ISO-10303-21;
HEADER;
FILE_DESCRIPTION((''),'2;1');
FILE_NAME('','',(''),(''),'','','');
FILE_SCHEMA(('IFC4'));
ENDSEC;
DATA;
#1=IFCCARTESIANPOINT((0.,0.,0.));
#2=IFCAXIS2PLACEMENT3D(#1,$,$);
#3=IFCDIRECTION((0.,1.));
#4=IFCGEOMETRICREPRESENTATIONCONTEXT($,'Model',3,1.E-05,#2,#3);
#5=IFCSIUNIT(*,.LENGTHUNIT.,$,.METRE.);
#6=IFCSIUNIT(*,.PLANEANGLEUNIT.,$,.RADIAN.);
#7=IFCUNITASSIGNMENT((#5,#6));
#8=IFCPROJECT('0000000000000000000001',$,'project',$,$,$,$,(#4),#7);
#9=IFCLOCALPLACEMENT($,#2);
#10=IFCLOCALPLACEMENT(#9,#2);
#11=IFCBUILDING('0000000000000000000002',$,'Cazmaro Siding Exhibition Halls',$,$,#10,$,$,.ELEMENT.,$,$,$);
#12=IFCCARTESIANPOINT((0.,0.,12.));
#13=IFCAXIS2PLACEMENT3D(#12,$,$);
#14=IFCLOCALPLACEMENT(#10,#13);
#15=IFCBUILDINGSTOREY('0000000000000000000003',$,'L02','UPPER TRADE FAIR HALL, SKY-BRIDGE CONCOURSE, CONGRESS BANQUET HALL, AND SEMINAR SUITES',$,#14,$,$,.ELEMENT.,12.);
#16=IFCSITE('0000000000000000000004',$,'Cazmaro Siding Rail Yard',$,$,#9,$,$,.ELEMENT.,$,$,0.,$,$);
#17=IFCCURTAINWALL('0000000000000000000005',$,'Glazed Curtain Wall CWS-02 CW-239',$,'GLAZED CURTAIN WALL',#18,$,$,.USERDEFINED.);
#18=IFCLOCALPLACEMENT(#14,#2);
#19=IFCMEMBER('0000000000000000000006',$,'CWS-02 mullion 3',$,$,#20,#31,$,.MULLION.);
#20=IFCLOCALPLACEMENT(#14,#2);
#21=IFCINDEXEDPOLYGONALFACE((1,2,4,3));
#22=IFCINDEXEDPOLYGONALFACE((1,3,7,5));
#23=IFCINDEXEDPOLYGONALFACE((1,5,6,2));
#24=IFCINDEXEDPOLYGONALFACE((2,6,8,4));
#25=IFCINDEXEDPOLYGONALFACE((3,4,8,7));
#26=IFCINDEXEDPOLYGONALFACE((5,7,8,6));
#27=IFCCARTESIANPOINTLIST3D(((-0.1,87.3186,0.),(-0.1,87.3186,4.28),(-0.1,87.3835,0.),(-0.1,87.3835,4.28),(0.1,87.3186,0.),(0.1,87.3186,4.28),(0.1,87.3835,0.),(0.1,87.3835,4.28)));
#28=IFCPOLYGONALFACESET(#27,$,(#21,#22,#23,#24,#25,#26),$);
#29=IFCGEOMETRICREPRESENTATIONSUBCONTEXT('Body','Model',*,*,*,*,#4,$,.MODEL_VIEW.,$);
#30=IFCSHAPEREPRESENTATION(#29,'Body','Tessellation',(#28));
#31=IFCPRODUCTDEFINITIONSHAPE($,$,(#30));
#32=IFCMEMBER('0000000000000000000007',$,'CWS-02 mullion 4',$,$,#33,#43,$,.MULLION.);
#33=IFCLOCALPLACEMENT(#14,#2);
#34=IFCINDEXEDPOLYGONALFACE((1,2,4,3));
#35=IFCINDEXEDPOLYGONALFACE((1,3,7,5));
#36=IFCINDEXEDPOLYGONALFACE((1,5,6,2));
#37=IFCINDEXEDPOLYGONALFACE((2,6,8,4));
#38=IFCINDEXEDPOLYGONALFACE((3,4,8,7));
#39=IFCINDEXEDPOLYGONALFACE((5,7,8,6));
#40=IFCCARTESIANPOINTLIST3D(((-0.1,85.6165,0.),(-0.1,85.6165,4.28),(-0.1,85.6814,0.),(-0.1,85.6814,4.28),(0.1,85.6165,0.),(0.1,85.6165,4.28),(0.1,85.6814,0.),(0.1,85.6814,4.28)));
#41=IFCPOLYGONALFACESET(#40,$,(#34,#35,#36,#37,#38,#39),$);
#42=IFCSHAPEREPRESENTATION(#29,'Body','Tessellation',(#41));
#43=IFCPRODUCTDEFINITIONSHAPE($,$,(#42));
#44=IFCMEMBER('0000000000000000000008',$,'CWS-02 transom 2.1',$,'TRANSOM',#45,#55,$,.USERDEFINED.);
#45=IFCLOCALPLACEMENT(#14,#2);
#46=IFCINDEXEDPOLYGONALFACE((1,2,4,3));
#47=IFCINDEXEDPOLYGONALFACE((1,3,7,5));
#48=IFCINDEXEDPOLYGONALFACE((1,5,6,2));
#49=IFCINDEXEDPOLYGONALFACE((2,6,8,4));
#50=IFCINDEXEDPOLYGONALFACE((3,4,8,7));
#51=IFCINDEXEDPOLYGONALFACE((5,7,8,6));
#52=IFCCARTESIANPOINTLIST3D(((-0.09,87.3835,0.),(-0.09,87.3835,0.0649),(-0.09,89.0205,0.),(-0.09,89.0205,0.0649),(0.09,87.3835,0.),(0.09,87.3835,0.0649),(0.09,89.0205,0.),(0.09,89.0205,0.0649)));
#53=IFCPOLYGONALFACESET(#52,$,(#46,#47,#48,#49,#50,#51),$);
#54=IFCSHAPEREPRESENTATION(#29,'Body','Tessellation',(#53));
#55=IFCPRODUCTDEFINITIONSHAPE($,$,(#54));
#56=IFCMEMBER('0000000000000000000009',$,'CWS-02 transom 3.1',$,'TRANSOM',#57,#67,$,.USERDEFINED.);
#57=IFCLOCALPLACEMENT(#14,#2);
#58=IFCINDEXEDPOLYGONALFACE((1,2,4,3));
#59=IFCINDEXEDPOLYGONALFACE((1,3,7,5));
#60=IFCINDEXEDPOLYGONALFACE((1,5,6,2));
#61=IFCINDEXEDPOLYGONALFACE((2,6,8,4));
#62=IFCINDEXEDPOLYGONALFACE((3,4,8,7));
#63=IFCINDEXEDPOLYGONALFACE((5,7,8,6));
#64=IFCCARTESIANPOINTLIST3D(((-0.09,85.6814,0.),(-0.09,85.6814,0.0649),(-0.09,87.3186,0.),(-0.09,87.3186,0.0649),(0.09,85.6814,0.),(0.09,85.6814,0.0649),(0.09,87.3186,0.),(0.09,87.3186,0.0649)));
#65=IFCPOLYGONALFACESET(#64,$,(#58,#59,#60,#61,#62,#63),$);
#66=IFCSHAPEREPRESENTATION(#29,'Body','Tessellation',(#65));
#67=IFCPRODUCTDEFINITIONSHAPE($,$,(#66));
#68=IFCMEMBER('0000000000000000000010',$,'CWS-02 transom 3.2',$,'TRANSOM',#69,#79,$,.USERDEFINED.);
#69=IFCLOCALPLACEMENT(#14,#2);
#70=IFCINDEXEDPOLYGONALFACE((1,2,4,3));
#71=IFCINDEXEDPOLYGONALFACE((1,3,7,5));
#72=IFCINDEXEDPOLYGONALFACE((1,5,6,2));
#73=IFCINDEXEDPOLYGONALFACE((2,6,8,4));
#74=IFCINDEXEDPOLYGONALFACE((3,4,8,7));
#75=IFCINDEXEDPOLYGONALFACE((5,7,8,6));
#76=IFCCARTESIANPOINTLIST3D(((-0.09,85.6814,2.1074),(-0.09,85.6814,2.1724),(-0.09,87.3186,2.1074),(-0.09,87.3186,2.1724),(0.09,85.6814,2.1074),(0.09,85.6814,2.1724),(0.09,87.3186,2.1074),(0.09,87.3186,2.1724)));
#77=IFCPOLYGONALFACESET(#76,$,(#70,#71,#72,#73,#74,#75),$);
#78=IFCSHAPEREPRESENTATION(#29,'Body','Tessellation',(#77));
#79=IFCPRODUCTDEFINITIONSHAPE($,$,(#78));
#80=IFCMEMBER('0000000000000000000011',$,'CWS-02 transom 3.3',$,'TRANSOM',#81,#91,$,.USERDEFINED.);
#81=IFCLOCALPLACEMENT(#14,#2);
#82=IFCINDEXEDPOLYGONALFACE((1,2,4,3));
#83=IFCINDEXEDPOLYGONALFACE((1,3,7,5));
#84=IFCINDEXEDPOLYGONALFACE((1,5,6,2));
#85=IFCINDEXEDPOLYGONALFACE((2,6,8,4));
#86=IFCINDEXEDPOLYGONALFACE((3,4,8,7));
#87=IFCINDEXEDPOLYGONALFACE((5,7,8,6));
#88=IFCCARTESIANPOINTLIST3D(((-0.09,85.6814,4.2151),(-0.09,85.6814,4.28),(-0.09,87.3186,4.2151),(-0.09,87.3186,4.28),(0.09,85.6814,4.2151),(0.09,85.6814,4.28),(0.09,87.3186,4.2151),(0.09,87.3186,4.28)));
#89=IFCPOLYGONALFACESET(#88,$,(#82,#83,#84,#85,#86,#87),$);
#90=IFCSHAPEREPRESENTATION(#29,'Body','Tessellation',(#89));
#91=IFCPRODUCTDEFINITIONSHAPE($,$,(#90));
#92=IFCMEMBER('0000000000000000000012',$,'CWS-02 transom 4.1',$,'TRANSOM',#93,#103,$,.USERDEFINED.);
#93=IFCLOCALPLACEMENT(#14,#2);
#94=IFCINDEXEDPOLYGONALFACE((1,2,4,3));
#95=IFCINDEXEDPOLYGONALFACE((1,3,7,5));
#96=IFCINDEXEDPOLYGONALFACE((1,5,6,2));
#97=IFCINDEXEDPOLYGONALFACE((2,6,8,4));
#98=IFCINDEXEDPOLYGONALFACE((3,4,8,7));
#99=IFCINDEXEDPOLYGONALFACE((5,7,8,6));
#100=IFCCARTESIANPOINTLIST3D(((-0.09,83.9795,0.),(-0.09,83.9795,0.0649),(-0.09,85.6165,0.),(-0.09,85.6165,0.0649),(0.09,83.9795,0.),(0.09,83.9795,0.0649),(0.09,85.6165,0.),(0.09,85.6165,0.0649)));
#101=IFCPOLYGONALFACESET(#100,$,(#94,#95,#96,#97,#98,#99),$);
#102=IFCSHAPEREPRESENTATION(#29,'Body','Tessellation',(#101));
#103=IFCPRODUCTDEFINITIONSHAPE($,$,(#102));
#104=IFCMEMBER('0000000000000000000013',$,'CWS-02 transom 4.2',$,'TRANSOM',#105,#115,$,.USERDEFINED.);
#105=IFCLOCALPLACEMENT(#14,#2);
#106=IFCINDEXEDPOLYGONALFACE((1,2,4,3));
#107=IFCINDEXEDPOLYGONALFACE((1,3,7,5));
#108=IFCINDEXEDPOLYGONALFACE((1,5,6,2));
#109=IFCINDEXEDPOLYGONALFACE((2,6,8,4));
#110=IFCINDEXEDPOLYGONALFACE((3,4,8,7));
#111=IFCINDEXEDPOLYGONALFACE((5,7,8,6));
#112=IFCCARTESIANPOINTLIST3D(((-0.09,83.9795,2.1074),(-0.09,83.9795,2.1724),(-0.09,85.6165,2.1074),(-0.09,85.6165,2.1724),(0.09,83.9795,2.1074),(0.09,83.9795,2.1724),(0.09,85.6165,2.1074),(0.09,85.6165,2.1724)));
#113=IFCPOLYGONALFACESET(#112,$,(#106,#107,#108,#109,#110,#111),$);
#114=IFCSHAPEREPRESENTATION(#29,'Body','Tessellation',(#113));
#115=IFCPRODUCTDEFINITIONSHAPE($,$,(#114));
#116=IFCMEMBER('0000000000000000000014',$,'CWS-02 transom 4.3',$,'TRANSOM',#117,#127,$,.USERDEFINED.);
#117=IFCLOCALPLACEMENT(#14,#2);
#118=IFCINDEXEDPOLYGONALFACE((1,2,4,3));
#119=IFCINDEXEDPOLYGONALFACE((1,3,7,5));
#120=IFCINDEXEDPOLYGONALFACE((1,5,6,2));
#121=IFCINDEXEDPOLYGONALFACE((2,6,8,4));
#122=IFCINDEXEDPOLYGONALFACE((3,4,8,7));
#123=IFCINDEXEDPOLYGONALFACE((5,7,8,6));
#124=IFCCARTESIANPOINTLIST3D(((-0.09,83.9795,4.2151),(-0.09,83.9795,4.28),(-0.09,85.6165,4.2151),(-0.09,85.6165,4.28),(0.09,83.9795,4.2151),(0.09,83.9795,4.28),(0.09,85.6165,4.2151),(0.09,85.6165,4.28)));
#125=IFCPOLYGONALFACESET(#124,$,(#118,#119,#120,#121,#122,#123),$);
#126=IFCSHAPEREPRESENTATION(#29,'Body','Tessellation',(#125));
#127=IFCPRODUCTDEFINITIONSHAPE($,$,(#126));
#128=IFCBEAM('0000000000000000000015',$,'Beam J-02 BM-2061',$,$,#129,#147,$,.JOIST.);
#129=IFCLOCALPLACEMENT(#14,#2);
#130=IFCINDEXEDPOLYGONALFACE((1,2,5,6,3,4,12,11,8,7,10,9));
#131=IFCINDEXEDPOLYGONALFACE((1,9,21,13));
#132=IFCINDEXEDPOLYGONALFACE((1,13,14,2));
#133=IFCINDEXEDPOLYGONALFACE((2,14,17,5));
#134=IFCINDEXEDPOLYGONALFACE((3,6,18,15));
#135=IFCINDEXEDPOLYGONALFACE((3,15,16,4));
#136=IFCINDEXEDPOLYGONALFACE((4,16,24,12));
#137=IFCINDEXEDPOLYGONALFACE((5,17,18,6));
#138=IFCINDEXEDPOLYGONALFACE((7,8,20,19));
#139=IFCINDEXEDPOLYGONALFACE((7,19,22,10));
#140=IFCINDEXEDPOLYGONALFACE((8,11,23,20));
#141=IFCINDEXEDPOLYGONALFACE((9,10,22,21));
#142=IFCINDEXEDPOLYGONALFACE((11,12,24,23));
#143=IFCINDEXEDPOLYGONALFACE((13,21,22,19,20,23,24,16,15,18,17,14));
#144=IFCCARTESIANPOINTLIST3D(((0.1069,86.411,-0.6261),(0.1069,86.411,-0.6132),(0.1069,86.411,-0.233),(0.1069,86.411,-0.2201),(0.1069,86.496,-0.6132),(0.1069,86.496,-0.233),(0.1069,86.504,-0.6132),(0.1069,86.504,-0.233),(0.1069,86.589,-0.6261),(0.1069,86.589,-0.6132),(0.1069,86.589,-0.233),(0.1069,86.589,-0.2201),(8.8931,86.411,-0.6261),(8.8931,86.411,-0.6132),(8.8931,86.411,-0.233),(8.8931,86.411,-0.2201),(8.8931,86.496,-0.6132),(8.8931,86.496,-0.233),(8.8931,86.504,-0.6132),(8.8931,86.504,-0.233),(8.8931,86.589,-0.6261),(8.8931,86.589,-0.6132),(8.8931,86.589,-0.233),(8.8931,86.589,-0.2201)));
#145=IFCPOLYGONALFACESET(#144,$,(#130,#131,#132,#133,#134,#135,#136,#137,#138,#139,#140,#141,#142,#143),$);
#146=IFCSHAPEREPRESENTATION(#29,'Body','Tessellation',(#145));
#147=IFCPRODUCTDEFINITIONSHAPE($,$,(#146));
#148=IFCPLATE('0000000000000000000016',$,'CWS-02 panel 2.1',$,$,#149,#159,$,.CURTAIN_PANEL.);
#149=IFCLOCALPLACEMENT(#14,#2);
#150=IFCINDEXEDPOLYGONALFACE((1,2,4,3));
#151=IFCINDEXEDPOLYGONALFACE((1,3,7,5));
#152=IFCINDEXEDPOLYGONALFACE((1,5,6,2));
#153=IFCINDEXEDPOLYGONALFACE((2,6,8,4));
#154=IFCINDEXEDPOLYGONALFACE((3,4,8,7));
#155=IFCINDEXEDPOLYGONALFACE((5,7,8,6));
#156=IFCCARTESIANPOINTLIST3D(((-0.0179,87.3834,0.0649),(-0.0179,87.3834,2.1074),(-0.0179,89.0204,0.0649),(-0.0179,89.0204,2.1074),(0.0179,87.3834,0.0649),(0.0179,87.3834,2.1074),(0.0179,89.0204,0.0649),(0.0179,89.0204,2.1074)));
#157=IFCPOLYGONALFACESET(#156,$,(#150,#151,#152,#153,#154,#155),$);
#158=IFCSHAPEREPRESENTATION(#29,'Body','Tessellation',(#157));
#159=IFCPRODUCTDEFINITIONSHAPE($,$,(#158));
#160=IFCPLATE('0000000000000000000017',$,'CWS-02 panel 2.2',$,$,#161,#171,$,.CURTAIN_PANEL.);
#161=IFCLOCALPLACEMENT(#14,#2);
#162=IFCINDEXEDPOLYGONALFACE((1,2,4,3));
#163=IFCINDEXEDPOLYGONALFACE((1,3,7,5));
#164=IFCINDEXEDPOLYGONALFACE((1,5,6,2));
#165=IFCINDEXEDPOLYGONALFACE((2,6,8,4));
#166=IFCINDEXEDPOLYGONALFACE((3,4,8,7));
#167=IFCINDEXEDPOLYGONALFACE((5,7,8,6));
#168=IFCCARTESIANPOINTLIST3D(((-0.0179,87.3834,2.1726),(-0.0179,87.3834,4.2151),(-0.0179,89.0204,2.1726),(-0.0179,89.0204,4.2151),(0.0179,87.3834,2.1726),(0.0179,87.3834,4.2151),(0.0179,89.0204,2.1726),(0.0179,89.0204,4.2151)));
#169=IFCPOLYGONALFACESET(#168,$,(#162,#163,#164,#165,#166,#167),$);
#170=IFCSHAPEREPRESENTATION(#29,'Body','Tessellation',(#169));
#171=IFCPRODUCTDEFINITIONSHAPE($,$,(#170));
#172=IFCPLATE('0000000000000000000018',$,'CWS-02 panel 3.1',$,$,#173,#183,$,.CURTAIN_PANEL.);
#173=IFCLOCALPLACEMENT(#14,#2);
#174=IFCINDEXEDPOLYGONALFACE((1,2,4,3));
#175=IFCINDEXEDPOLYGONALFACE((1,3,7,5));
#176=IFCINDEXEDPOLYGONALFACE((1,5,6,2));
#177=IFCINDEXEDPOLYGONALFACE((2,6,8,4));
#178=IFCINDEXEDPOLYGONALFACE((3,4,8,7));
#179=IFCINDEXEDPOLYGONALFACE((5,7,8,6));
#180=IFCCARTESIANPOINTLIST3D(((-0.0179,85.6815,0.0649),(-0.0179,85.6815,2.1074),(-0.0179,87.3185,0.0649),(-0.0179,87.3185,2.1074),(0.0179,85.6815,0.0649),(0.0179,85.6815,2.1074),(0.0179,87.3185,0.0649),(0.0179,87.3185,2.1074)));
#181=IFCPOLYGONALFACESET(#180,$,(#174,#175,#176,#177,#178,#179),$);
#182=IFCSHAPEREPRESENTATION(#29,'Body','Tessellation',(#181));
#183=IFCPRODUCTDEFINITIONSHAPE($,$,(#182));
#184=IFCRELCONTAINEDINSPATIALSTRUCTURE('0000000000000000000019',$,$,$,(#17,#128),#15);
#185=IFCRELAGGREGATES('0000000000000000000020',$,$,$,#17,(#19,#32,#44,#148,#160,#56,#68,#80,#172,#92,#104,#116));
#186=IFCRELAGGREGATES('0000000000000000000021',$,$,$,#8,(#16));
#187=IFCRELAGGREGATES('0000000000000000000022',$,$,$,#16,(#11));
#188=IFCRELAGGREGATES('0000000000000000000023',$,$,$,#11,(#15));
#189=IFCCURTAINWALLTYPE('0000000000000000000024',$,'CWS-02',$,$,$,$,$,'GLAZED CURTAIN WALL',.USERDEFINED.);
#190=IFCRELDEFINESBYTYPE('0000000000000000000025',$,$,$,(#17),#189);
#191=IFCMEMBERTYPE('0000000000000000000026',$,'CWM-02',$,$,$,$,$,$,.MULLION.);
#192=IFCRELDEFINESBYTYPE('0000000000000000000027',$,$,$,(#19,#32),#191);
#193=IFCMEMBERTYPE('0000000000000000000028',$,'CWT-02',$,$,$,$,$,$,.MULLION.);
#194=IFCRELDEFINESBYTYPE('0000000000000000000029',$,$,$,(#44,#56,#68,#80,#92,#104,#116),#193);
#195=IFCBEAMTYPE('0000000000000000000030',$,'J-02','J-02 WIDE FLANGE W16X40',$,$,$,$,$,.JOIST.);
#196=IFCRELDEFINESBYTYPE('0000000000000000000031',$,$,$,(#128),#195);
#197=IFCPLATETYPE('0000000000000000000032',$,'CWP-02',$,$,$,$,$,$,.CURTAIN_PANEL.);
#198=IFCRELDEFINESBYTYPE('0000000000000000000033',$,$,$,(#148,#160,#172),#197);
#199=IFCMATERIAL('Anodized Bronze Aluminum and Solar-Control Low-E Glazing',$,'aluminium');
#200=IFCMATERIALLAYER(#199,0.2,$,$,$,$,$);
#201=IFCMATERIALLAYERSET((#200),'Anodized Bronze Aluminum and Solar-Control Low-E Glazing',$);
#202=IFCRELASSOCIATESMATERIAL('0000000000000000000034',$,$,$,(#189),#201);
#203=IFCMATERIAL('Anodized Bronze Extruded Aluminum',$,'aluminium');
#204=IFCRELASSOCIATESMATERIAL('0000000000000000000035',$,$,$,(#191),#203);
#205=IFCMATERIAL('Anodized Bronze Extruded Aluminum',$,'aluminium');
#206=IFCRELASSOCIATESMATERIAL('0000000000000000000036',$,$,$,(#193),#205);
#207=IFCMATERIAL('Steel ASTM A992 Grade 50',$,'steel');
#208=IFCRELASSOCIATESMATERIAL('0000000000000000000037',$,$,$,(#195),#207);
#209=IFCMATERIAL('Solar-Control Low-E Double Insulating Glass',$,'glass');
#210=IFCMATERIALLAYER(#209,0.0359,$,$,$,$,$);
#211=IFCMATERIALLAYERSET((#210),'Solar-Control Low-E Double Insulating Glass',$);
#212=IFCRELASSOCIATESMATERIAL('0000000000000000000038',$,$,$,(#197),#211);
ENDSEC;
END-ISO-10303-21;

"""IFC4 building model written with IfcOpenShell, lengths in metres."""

from ifc_helpers import new_model, si_unit, direction, frame, origin, origin_2d, place, context, subcontext, project, spatial, rectangle, i_section, extrude, material, layer, layer_set, material_profile, profile_set, type_object, element, aggregate, save


model = new_model("IFC4")

# Units and contexts
model_context = context("Model", 3, precision=1e-05, world=origin(), true_north=direction((0.0, 1.0)))
body_context = subcontext(model_context, "Body", "Model", "MODEL_VIEW")
ifc_project = project(units=[si_unit("LENGTHUNIT", "METRE"), si_unit("PLANEANGLEUNIT", "RADIAN")], contexts=[model_context])

# Site, building, storey
site_placement = place(None, origin())
site = spatial("IfcSite", under=ifc_project, at=site_placement, Name="Cazmaro Siding Rail Yard", CompositionType="ELEMENT", RefElevation=0.0)
building_placement = place(site_placement, origin())
building = spatial("IfcBuilding", under=site, at=building_placement, Name="Cazmaro Siding Exhibition Halls", CompositionType="ELEMENT")
storey_placement = place(building_placement, frame((0.0, 0.0, 12.0)))
storey = spatial("IfcBuildingStorey", under=building, at=storey_placement, Name="L02", Description="UPPER TRADE FAIR HALL, SKY-BRIDGE CONCOURSE, CONGRESS BANQUET HALL, AND SEMINAR SUITES", CompositionType="ELEMENT", Elevation=12.0)

# Curtain wall, members
ifc_material_1 = material(Name="Anodized Bronze Aluminum and Solar-Control Low-E Glazing", Category="aluminium")
ifc_layer_1 = layer(ifc_material_1, 0.2)
ifc_layer_set_1 = layer_set([ifc_layer_1], Name="Anodized Bronze Aluminum and Solar-Control Low-E Glazing")
curtain_wall_type = type_object("IfcCurtainWallType", Name="CWS-02", ElementType="GLAZED CURTAIN WALL", PredefinedType="USERDEFINED", material=ifc_layer_set_1)
curtain_wall_placement = place(storey_placement, origin())
curtain_wall = element("IfcCurtainWall", 1, at=curtain_wall_placement, inside=storey, type_object=curtain_wall_type, Name="Glazed Curtain Wall CWS-02 CW-239", ObjectType="GLAZED CURTAIN WALL", PredefinedType="USERDEFINED")
ifc_material_2 = material(Name="Anodized Bronze Extruded Aluminum", Category="aluminium")
ifc_material_profile_1 = material_profile(ifc_material_2, rectangle(XDim=0.2, YDim=0.0649, at=origin_2d()), Name="CWM-02")
ifc_profile_set_1 = profile_set([ifc_material_profile_1], Name="Anodized Bronze Extruded Aluminum")
member_type_1 = type_object("IfcMemberType", Name="CWM-02", PredefinedType="MULLION", material=ifc_profile_set_1)
member_1_placement = place(storey_placement, frame((0.0, 87.3511, 0.0), z_axis=(0.0, 0.0, 1.0), x_axis=(1.0, 0.0, 0.0)))
member_1 = element("IfcMember", 2, at=member_1_placement, type_object=member_type_1, Name="CWS-02 mullion 3", PredefinedType="MULLION", context=body_context, shape_type="SweptSolid", body=[
    extrude(rectangle(XDim=0.2, YDim=0.0649, at=origin_2d()), origin(), (0.0, 0.0, 1.0), 4.28),
])
member_2_placement = place(storey_placement, frame((0.0, 85.6489, 0.0), z_axis=(0.0, 0.0, 1.0), x_axis=(1.0, 0.0, 0.0)))
member_2 = element("IfcMember", 3, at=member_2_placement, type_object=member_type_1, Name="CWS-02 mullion 4", PredefinedType="MULLION", context=body_context, shape_type="SweptSolid", body=[
    extrude(rectangle(XDim=0.2, YDim=0.0649, at=origin_2d()), origin(), (0.0, 0.0, 1.0), 4.28),
])
ifc_material_3 = material(Name="Anodized Bronze Extruded Aluminum", Category="aluminium")
ifc_material_profile_2 = material_profile(ifc_material_3, rectangle(XDim=0.1799, YDim=0.0649, at=origin_2d()), Name="CWT-02")
ifc_profile_set_2 = profile_set([ifc_material_profile_2], Name="Anodized Bronze Extruded Aluminum")
member_type_2 = type_object("IfcMemberType", Name="CWT-02", PredefinedType="MULLION", material=ifc_profile_set_2)
member_3_placement = place(storey_placement, frame((0.0, 89.0205, 0.0325), z_axis=(0.0, -1.0, 0.0), x_axis=(1.0, 0.0, 0.0)))
member_3 = element("IfcMember", 4, at=member_3_placement, type_object=member_type_2, Name="CWS-02 transom 2.1", ObjectType="TRANSOM", PredefinedType="USERDEFINED", context=body_context, shape_type="SweptSolid", body=[
    extrude(rectangle(XDim=0.1799, YDim=0.0649, at=origin_2d()), origin(), (0.0, 0.0, 1.0), 1.637),
])
member_4_placement = place(storey_placement, frame((0.0, 87.3186, 0.0325), z_axis=(0.0, -1.0, 0.0), x_axis=(1.0, 0.0, 0.0)))
member_4 = element("IfcMember", 5, at=member_4_placement, type_object=member_type_2, Name="CWS-02 transom 3.1", ObjectType="TRANSOM", PredefinedType="USERDEFINED", context=body_context, shape_type="SweptSolid", body=[
    extrude(rectangle(XDim=0.1799, YDim=0.0649, at=origin_2d()), origin(), (0.0, 0.0, 1.0), 1.6372),
])
member_5_placement = place(storey_placement, frame((0.0, 87.3186, 2.1399), z_axis=(0.0, -1.0, 0.0), x_axis=(1.0, 0.0, 0.0)))
member_5 = element("IfcMember", 6, at=member_5_placement, type_object=member_type_2, Name="CWS-02 transom 3.2", ObjectType="TRANSOM", PredefinedType="USERDEFINED", context=body_context, shape_type="SweptSolid", body=[
    extrude(rectangle(XDim=0.1799, YDim=0.0649, at=origin_2d()), origin(), (0.0, 0.0, 1.0), 1.6372),
])
member_6_placement = place(storey_placement, frame((0.0, 87.3186, 4.2476), z_axis=(0.0, -1.0, 0.0), x_axis=(1.0, 0.0, 0.0)))
member_6 = element("IfcMember", 7, at=member_6_placement, type_object=member_type_2, Name="CWS-02 transom 3.3", ObjectType="TRANSOM", PredefinedType="USERDEFINED", context=body_context, shape_type="SweptSolid", body=[
    extrude(rectangle(XDim=0.1799, YDim=0.0649, at=origin_2d()), origin(), (0.0, 0.0, 1.0), 1.6372),
])
member_7_placement = place(storey_placement, frame((0.0, 85.6165, 0.0325), z_axis=(0.0, -1.0, 0.0), x_axis=(1.0, 0.0, 0.0)))
member_7 = element("IfcMember", 8, at=member_7_placement, type_object=member_type_2, Name="CWS-02 transom 4.1", ObjectType="TRANSOM", PredefinedType="USERDEFINED", context=body_context, shape_type="SweptSolid", body=[
    extrude(rectangle(XDim=0.1799, YDim=0.0649, at=origin_2d()), origin(), (0.0, 0.0, 1.0), 1.637),
])
member_8_placement = place(storey_placement, frame((0.0, 85.6165, 2.1399), z_axis=(0.0, -1.0, 0.0), x_axis=(1.0, 0.0, 0.0)))
member_8 = element("IfcMember", 9, at=member_8_placement, type_object=member_type_2, Name="CWS-02 transom 4.2", ObjectType="TRANSOM", PredefinedType="USERDEFINED", context=body_context, shape_type="SweptSolid", body=[
    extrude(rectangle(XDim=0.1799, YDim=0.0649, at=origin_2d()), origin(), (0.0, 0.0, 1.0), 1.637),
])
member_9_placement = place(storey_placement, frame((0.0, 85.6165, 4.2476), z_axis=(0.0, -1.0, 0.0), x_axis=(1.0, 0.0, 0.0)))
member_9 = element("IfcMember", 10, at=member_9_placement, type_object=member_type_2, Name="CWS-02 transom 4.3", ObjectType="TRANSOM", PredefinedType="USERDEFINED", context=body_context, shape_type="SweptSolid", body=[
    extrude(rectangle(XDim=0.1799, YDim=0.0649, at=origin_2d()), origin(), (0.0, 0.0, 1.0), 1.637),
])

# Beam
ifc_material_4 = material(Name="Steel ASTM A992 Grade 50", Category="steel")
ifc_material_profile_3 = material_profile(ifc_material_4, i_section(OverallWidth=0.178, OverallDepth=0.406, WebThickness=0.0081, FlangeThickness=0.0129, at=origin_2d()), Name="W16X40")
ifc_profile_set_3 = profile_set([ifc_material_profile_3], Name="Steel ASTM A992 Grade 50")
beam_type = type_object("IfcBeamType", Name="J-02", Description="J-02 WIDE FLANGE W16X40", PredefinedType="JOIST", material=ifc_profile_set_3)
beam_placement = place(storey_placement, frame((0.1069, 86.5, -0.4231), z_axis=(1.0, 0.0, 0.0), x_axis=(0.0, 1.0, 0.0)))
element("IfcBeam", 11, at=beam_placement, inside=storey, type_object=beam_type, Name="Beam J-02 BM-2061", PredefinedType="JOIST", context=body_context, shape_type="SweptSolid", body=[
    extrude(i_section(OverallWidth=0.178, OverallDepth=0.406, WebThickness=0.0081, FlangeThickness=0.0129, at=origin_2d()), origin(), (0.0, 0.0, 1.0), 8.7861),
])

# Plates
ifc_material_5 = material(Name="Solar-Control Low-E Double Insulating Glass", Category="glass")
ifc_layer_2 = layer(ifc_material_5, 0.0359)
ifc_layer_set_2 = layer_set([ifc_layer_2], Name="Solar-Control Low-E Double Insulating Glass")
plate_type = type_object("IfcPlateType", Name="CWP-02", PredefinedType="CURTAIN_PANEL", material=ifc_layer_set_2)
plate_1_placement = place(storey_placement, frame((0.0, 88.2019, 0.0649), z_axis=(0.0, 0.0, 1.0), x_axis=(0.0, -1.0, 0.0)))
plate_1 = element("IfcPlate", 12, at=plate_1_placement, type_object=plate_type, Name="CWS-02 panel 2.1", PredefinedType="CURTAIN_PANEL", context=body_context, shape_type="SweptSolid", body=[
    extrude(rectangle(XDim=1.637, YDim=0.0359, at=origin_2d()), origin(), (0.0, 0.0, 1.0), 2.0425),
])
plate_2_placement = place(storey_placement, frame((0.0, 88.2019, 2.1726), z_axis=(0.0, 0.0, 1.0), x_axis=(0.0, -1.0, 0.0)))
plate_2 = element("IfcPlate", 13, at=plate_2_placement, type_object=plate_type, Name="CWS-02 panel 2.2", PredefinedType="CURTAIN_PANEL", context=body_context, shape_type="SweptSolid", body=[
    extrude(rectangle(XDim=1.637, YDim=0.0359, at=origin_2d()), origin(), (0.0, 0.0, 1.0), 2.0425),
])
plate_3_placement = place(storey_placement, frame((0.0, 86.5, 0.0649), z_axis=(0.0, 0.0, 1.0), x_axis=(0.0, -1.0, 0.0)))
plate_3 = element("IfcPlate", 14, at=plate_3_placement, type_object=plate_type, Name="CWS-02 panel 3.1", PredefinedType="CURTAIN_PANEL", context=body_context, shape_type="SweptSolid", body=[
    extrude(rectangle(XDim=1.637, YDim=0.0359, at=origin_2d()), origin(), (0.0, 0.0, 1.0), 2.0425),
])
aggregate(curtain_wall, [member_1, member_2, member_3, plate_1, plate_2, member_4, member_5, member_6, plate_3, member_7, member_8, member_9])

save(model, "model.ifc")
